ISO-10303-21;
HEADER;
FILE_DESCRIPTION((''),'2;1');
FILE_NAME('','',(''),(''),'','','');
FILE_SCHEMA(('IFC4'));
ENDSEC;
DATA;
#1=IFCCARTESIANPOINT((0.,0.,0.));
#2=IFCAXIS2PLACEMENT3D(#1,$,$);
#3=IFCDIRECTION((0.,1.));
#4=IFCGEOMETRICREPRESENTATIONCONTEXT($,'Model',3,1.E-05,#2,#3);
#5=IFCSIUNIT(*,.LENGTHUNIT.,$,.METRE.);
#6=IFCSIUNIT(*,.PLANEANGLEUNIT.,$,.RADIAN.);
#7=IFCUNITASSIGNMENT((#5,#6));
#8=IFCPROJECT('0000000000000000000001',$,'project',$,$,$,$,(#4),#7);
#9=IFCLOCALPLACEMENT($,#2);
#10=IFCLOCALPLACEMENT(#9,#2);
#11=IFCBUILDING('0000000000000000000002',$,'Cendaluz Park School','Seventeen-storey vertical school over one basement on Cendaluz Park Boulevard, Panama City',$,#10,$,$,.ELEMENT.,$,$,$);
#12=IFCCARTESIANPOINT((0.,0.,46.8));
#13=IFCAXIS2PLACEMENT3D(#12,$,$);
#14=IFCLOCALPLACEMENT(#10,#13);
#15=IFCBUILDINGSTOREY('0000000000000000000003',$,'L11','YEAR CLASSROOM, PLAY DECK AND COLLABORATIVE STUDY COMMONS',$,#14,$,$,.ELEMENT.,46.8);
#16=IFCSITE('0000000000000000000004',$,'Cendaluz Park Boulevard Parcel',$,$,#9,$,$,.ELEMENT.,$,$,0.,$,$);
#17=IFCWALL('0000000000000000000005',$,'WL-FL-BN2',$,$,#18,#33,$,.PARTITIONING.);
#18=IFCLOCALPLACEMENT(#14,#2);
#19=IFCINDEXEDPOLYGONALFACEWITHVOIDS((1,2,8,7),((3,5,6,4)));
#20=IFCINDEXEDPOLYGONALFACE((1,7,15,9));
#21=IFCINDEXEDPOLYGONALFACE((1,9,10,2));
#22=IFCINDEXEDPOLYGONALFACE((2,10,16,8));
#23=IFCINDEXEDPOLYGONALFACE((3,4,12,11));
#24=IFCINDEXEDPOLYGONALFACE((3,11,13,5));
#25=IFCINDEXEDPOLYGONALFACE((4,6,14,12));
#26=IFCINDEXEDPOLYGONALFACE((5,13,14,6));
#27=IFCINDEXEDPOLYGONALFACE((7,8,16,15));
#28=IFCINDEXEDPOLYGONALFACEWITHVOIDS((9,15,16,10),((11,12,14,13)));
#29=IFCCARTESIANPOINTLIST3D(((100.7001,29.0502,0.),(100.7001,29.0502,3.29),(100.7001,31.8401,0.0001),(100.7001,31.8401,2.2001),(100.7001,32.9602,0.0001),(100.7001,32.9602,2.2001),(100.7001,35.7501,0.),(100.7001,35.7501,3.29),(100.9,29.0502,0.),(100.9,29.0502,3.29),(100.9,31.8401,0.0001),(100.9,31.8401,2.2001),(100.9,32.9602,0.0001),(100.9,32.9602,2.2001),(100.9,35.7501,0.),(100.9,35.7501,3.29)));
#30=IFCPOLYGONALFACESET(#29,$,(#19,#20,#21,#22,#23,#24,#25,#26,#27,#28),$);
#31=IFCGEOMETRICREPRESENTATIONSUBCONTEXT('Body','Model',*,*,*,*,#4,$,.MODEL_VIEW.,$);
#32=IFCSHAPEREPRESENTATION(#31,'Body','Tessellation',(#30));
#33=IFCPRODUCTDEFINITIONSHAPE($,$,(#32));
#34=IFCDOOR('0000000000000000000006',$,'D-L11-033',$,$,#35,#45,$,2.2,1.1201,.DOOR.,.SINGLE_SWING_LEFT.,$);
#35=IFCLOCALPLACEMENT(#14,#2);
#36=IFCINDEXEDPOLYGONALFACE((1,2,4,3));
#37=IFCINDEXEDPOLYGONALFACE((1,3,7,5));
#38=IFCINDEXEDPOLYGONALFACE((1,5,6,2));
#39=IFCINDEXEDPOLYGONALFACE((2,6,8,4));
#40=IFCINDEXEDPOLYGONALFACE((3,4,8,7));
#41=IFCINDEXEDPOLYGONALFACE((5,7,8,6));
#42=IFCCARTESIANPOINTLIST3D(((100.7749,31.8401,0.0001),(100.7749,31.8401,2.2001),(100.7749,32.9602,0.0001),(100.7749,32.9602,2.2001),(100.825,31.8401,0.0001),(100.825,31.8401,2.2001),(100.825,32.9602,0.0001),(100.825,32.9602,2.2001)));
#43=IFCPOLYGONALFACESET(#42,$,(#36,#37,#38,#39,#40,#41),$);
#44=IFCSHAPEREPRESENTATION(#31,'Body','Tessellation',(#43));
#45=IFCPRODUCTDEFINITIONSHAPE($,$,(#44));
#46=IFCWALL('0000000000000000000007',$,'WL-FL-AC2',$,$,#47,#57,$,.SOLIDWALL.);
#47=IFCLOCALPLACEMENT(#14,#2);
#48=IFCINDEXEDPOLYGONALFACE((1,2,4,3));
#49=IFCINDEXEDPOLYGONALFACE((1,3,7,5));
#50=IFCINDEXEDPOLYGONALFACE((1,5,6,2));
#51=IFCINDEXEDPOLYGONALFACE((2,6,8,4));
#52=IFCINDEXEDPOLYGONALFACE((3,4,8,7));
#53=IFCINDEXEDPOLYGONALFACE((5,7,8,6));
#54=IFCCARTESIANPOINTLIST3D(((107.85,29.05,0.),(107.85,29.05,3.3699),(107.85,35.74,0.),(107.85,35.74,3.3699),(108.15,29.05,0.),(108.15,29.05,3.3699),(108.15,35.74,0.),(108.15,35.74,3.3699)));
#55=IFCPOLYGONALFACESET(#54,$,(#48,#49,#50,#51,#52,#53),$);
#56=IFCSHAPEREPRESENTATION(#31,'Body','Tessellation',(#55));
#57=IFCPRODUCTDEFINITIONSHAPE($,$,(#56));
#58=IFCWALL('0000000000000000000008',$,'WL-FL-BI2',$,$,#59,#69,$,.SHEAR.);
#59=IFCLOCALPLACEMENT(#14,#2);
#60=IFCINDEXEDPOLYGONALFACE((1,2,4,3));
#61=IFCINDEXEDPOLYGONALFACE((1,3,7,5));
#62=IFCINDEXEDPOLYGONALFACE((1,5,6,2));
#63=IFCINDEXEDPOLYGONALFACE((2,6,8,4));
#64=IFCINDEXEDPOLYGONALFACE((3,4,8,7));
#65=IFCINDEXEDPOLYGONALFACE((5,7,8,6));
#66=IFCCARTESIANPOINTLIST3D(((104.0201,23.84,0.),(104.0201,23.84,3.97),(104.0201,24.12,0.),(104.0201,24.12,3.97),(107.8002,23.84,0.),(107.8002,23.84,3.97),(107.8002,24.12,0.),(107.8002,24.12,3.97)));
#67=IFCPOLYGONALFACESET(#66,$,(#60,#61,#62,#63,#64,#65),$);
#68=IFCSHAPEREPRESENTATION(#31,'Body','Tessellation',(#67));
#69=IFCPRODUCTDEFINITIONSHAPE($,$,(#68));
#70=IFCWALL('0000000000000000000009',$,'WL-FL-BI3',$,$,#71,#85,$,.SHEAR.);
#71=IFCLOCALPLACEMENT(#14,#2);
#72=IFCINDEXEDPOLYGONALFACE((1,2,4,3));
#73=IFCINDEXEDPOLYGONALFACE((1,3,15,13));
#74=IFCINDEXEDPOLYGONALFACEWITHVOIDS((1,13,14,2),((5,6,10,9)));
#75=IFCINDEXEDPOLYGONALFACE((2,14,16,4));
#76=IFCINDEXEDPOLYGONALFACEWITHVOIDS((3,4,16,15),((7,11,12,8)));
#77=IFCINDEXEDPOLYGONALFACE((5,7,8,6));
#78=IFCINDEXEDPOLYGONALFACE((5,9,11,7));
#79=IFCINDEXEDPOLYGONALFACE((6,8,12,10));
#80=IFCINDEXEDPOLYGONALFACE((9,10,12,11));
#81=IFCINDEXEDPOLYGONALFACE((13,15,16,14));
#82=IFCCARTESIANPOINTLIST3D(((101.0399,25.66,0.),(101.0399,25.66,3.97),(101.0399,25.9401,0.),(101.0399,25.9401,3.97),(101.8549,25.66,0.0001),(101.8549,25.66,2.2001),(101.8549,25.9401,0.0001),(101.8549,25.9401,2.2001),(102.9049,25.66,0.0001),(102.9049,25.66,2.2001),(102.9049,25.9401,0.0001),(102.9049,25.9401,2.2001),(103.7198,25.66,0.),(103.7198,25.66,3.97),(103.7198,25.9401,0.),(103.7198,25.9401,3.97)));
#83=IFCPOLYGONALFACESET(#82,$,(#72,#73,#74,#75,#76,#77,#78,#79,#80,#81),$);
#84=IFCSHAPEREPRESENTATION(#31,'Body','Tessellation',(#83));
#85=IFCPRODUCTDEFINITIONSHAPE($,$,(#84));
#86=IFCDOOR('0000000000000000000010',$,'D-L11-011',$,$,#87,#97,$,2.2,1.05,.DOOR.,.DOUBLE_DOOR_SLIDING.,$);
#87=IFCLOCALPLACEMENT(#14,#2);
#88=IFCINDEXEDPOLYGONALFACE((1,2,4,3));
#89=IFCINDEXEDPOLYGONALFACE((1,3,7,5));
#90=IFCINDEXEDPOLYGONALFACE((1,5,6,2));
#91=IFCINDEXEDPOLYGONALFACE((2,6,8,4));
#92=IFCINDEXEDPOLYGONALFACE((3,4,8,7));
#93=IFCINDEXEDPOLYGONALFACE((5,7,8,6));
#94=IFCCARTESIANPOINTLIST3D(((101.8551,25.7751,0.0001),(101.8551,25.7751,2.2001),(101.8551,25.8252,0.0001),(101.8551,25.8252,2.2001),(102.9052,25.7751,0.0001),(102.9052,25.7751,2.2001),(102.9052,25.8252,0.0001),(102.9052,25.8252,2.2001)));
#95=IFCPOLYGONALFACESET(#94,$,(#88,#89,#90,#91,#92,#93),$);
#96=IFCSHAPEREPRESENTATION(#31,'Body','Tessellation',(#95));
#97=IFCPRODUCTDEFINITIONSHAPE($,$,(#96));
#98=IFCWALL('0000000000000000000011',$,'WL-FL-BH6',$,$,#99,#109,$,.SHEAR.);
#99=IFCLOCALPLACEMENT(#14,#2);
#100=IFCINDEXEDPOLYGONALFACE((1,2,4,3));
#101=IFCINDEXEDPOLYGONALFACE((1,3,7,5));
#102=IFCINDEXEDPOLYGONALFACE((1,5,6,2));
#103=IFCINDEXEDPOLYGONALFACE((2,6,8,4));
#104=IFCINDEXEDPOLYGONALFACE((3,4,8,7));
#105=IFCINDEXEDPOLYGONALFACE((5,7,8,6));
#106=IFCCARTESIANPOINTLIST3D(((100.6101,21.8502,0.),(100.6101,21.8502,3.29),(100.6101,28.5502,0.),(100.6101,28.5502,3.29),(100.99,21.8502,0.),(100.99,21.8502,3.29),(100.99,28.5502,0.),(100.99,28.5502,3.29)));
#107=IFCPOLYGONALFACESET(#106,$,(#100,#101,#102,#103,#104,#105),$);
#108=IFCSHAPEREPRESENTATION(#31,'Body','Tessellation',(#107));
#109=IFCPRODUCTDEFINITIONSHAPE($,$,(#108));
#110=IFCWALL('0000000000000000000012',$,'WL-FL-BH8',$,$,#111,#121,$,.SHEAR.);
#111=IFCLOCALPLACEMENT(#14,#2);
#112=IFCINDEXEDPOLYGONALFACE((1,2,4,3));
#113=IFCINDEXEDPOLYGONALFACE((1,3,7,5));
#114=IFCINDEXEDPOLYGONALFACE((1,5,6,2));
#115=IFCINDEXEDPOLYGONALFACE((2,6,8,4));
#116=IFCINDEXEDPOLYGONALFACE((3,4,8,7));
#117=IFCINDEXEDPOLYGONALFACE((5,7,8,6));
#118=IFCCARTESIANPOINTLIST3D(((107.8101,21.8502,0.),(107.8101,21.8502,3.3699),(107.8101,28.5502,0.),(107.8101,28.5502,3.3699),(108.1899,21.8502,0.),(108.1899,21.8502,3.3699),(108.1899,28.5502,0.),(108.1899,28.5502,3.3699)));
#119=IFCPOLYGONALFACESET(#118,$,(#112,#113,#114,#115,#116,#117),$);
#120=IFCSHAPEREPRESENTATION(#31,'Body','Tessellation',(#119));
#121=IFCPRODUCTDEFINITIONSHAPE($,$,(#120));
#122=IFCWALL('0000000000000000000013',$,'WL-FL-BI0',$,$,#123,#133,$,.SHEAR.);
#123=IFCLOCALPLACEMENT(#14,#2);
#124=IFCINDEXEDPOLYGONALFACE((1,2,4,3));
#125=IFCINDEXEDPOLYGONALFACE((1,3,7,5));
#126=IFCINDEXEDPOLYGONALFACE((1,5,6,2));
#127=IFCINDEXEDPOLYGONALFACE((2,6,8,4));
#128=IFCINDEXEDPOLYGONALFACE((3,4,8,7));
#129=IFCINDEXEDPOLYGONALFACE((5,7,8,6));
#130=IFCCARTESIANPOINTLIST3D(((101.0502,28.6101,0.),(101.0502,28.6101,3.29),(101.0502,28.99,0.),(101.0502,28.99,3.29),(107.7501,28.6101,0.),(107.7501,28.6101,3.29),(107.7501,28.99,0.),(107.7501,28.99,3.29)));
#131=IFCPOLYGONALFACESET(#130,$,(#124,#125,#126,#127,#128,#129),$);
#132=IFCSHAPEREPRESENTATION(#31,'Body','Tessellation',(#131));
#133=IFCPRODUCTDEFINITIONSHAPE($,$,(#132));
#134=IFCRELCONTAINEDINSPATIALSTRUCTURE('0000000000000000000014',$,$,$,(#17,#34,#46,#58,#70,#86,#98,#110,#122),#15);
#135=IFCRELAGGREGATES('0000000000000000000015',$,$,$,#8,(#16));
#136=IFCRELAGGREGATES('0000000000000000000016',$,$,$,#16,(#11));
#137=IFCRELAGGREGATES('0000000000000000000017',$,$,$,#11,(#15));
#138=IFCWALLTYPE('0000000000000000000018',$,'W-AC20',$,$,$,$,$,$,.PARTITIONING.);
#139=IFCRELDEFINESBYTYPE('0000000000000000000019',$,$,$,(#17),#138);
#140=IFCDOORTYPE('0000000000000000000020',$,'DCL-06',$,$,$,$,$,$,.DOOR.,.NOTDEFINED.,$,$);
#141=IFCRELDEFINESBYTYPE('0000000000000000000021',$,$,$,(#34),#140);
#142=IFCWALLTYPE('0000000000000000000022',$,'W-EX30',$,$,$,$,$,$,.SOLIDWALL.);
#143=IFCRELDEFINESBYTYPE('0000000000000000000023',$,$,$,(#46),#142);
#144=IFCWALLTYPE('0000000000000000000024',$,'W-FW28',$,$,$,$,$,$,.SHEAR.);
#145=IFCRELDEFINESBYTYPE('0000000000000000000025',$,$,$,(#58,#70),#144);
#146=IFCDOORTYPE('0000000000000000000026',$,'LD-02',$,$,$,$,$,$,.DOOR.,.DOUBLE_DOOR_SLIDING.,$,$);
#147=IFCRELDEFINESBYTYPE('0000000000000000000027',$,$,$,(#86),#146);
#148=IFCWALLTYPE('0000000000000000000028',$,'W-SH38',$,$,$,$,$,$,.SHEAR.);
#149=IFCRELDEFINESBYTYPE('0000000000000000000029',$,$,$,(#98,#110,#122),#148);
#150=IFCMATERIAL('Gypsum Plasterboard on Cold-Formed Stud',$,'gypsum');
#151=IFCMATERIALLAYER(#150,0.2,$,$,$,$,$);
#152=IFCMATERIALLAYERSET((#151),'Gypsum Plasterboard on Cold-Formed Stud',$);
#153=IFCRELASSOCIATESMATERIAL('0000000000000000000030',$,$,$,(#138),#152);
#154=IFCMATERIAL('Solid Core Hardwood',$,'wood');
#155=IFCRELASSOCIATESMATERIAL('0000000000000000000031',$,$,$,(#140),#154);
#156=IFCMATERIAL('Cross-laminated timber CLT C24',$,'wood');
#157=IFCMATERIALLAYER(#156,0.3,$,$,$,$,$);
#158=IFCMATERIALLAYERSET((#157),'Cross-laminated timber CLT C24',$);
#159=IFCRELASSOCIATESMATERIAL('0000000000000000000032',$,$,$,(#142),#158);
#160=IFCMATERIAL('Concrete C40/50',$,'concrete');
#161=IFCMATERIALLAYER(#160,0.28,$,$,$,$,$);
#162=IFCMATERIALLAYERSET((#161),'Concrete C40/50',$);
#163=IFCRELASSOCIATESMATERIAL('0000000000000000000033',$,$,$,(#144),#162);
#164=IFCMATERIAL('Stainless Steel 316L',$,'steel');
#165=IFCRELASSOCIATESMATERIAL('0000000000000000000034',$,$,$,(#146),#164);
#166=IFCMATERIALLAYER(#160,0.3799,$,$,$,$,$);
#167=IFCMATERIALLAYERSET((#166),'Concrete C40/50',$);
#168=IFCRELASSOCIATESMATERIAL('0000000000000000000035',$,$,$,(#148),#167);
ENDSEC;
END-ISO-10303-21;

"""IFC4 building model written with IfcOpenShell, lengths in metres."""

from ifc_helpers import new_model, si_unit, direction, frame, frame_2d, origin, place, context, subcontext, project, spatial, rectangle, extrude, material, layer, layer_set, type_object, element, fill, save


model = new_model("IFC4")

# Units and contexts
model_context = context("Model", 3, precision=1e-05, world=origin(), true_north=direction((0.0, 1.0)))
body_context = subcontext(model_context, "Body", "Model", "MODEL_VIEW")
ifc_project = project(units=[si_unit("LENGTHUNIT", "METRE"), si_unit("PLANEANGLEUNIT", "RADIAN")], contexts=[model_context])

# Site, building, storey
site_placement = place(None, origin())
site = spatial("IfcSite", under=ifc_project, at=site_placement, Name="Cendaluz Park Boulevard Parcel", CompositionType="ELEMENT", RefElevation=0.0)
building_placement = place(site_placement, origin())
building = spatial("IfcBuilding", under=site, at=building_placement, Name="Cendaluz Park School", Description="Seventeen-storey vertical school over one basement on Cendaluz Park Boulevard, Panama City", CompositionType="ELEMENT")
storey_placement = place(building_placement, frame((0.0, 0.0, 46.8)))
storey = spatial("IfcBuildingStorey", under=building, at=storey_placement, Name="L11", Description="YEAR CLASSROOM, PLAY DECK AND COLLABORATIVE STUDY COMMONS", CompositionType="ELEMENT", Elevation=46.8)

# Wall, opening, door
ifc_material_1 = material(Name="Gypsum Plasterboard on Cold-Formed Stud", Category="gypsum")
ifc_layer_1 = layer(ifc_material_1, 0.2)
ifc_layer_set_1 = layer_set([ifc_layer_1], Name="Gypsum Plasterboard on Cold-Formed Stud")
wall_type_1 = type_object("IfcWallType", Name="W-AC20", PredefinedType="PARTITIONING", material=ifc_layer_set_1)
wall_1_placement = place(storey_placement, frame((100.8, 29.05, 0.0), z_axis=(0.0, 0.0, 1.0), x_axis=(0.0, 1.0, 0.0)))
wall_1 = element("IfcWall", 1, at=wall_1_placement, inside=storey, type_object=wall_type_1, Name="WL-FL-BN2", PredefinedType="PARTITIONING", context=body_context, shape_type="SweptSolid", body=[
    extrude(rectangle(XDim=6.7, YDim=0.2, at=frame_2d((3.3501, 0.0))), origin(), (0.0, 0.0, 1.0), 3.29),
])
opening_1_placement = place(wall_1_placement, frame((2.79, 0.0, 0.0)))
opening_1 = element("IfcOpeningElement", 2, at=opening_1_placement, cuts=wall_1, PredefinedType="OPENING", context=body_context, shape_type="SweptSolid", body=[
    extrude(rectangle(XDim=1.1201, YDim=2.2, at=frame_2d((0.5601, 1.1001))), frame((0.0, 0.1121, 0.0), z_axis=(0.0, -1.0, 0.0), x_axis=(1.0, 0.0, 0.0)), (0.0, 0.0, 1.0), 0.2239),
])
ifc_material_2 = material(Name="Solid Core Hardwood", Category="wood")
door_type_1 = type_object("IfcDoorType", Name="DCL-06", OperationType="NOTDEFINED", PredefinedType="DOOR", material=ifc_material_2)
door_1_placement = place(opening_1_placement, frame((1.1201, 0.0, 0.0), z_axis=(0.0, 0.0, 1.0), x_axis=(-1.0, 0.0, 0.0)))
door_1 = element("IfcDoor", 3, at=door_1_placement, inside=storey, type_object=door_type_1, Name="D-L11-033", OperationType="SINGLE_SWING_LEFT", OverallHeight=2.2, OverallWidth=1.1201, PredefinedType="DOOR", context=body_context, shape_type="SweptSolid", body=[
    extrude(rectangle(XDim=1.1201, YDim=2.2, at=frame_2d((0.5601, 1.1001))), frame((0.0, 0.0249, 0.0), z_axis=(0.0, -1.0, 0.0), x_axis=(1.0, 0.0, 0.0)), (0.0, 0.0, 1.0), 0.05),
])
fill(opening_1, door_1)

# Walls
ifc_material_3 = material(Name="Cross-laminated timber CLT C24", Category="wood")
ifc_layer_2 = layer(ifc_material_3, 0.3)
ifc_layer_set_2 = layer_set([ifc_layer_2], Name="Cross-laminated timber CLT C24")
wall_type_2 = type_object("IfcWallType", Name="W-EX30", PredefinedType="SOLIDWALL", material=ifc_layer_set_2)
wall_2_placement = place(storey_placement, frame((108.0, 29.05, 0.0), z_axis=(0.0, 0.0, 1.0), x_axis=(0.0, 1.0, 0.0)))
element("IfcWall", 4, at=wall_2_placement, inside=storey, type_object=wall_type_2, Name="WL-FL-AC2", PredefinedType="SOLIDWALL", context=body_context, shape_type="SweptSolid", body=[
    extrude(rectangle(XDim=6.6899, YDim=0.3, at=frame_2d((3.345, 0.0))), origin(), (0.0, 0.0, 1.0), 3.3699),
])
ifc_material_4 = material(Name="Concrete C40/50", Category="concrete")
ifc_layer_3 = layer(ifc_material_4, 0.28)
ifc_layer_set_3 = layer_set([ifc_layer_3], Name="Concrete C40/50")
wall_type_3 = type_object("IfcWallType", Name="W-FW28", PredefinedType="SHEAR", material=ifc_layer_set_3)
wall_3_placement = place(storey_placement, frame((104.02, 23.98, 0.0), z_axis=(0.0, 0.0, 1.0), x_axis=(1.0, 0.0, 0.0)))
element("IfcWall", 5, at=wall_3_placement, inside=storey, type_object=wall_type_3, Name="WL-FL-BI2", PredefinedType="SHEAR", context=body_context, shape_type="SweptSolid", body=[
    extrude(rectangle(XDim=3.78, YDim=0.28, at=frame_2d((1.8901, 0.0))), origin(), (0.0, 0.0, 1.0), 3.97),
])

# Wall, opening, door
wall_4_placement = place(storey_placement, frame((101.04, 25.8, 0.0), z_axis=(0.0, 0.0, 1.0), x_axis=(1.0, 0.0, 0.0)))
wall_4 = element("IfcWall", 6, at=wall_4_placement, inside=storey, type_object=wall_type_3, Name="WL-FL-BI3", PredefinedType="SHEAR", context=body_context, shape_type="SweptSolid", body=[
    extrude(rectangle(XDim=2.6799, YDim=0.28, at=frame_2d((1.3398, 0.0))), origin(), (0.0, 0.0, 1.0), 3.97),
])
opening_2_placement = place(wall_4_placement, frame((0.8149, 0.0, 0.0)))
opening_2 = element("IfcOpeningElement", 7, at=opening_2_placement, cuts=wall_4, PredefinedType="OPENING", context=body_context, shape_type="SweptSolid", body=[
    extrude(rectangle(XDim=1.05, YDim=2.2, at=frame_2d((0.5249, 1.1001))), frame((0.0, 0.1521, 0.0), z_axis=(0.0, -1.0, 0.0), x_axis=(1.0, 0.0, 0.0)), (0.0, 0.0, 1.0), 0.304),
])
ifc_material_5 = material(Name="Stainless Steel 316L", Category="steel")
door_type_2 = type_object("IfcDoorType", Name="LD-02", OperationType="DOUBLE_DOOR_SLIDING", PredefinedType="DOOR", material=ifc_material_5)
door_2_placement = place(opening_2_placement, frame((1.05, 0.0, 0.0), z_axis=(0.0, 0.0, 1.0), x_axis=(-1.0, 0.0, 0.0)))
door_2 = element("IfcDoor", 8, at=door_2_placement, inside=storey, type_object=door_type_2, Name="D-L11-011", OperationType="DOUBLE_DOOR_SLIDING", OverallHeight=2.2, OverallWidth=1.05, PredefinedType="DOOR", context=body_context, shape_type="SweptSolid", body=[
    extrude(rectangle(XDim=1.05, YDim=2.2, at=frame_2d((0.5249, 1.1001))), frame((0.0, 0.0249, 0.0), z_axis=(0.0, -1.0, 0.0), x_axis=(1.0, 0.0, 0.0)), (0.0, 0.0, 1.0), 0.05),
])
fill(opening_2, door_2)

# Walls
ifc_layer_4 = layer(ifc_material_4, 0.3799)
ifc_layer_set_4 = layer_set([ifc_layer_4], Name="Concrete C40/50")
wall_type_4 = type_object("IfcWallType", Name="W-SH38", PredefinedType="SHEAR", material=ifc_layer_set_4)
wall_5_placement = place(storey_placement, frame((100.8, 21.8501, 0.0), z_axis=(0.0, 0.0, 1.0), x_axis=(0.0, 1.0, 0.0)))
element("IfcWall", 9, at=wall_5_placement, inside=storey, type_object=wall_type_4, Name="WL-FL-BH6", PredefinedType="SHEAR", context=body_context, shape_type="SweptSolid", body=[
    extrude(rectangle(XDim=6.7, YDim=0.3799, at=frame_2d((3.3501, 0.0))), origin(), (0.0, 0.0, 1.0), 3.29),
])
wall_6_placement = place(storey_placement, frame((108.0, 21.8501, 0.0), z_axis=(0.0, 0.0, 1.0), x_axis=(0.0, 1.0, 0.0)))
element("IfcWall", 10, at=wall_6_placement, inside=storey, type_object=wall_type_4, Name="WL-FL-BH8", PredefinedType="SHEAR", context=body_context, shape_type="SweptSolid", body=[
    extrude(rectangle(XDim=6.7, YDim=0.3799, at=frame_2d((3.3501, 0.0))), origin(), (0.0, 0.0, 1.0), 3.3699),
])
wall_7_placement = place(storey_placement, frame((101.05, 28.8, 0.0), z_axis=(0.0, 0.0, 1.0), x_axis=(1.0, 0.0, 0.0)))
element("IfcWall", 11, at=wall_7_placement, inside=storey, type_object=wall_type_4, Name="WL-FL-BI0", PredefinedType="SHEAR", context=body_context, shape_type="SweptSolid", body=[
    extrude(rectangle(XDim=6.7, YDim=0.3799, at=frame_2d((3.3501, 0.0))), origin(), (0.0, 0.0, 1.0), 3.29),
])

save(model, "model.ifc")
